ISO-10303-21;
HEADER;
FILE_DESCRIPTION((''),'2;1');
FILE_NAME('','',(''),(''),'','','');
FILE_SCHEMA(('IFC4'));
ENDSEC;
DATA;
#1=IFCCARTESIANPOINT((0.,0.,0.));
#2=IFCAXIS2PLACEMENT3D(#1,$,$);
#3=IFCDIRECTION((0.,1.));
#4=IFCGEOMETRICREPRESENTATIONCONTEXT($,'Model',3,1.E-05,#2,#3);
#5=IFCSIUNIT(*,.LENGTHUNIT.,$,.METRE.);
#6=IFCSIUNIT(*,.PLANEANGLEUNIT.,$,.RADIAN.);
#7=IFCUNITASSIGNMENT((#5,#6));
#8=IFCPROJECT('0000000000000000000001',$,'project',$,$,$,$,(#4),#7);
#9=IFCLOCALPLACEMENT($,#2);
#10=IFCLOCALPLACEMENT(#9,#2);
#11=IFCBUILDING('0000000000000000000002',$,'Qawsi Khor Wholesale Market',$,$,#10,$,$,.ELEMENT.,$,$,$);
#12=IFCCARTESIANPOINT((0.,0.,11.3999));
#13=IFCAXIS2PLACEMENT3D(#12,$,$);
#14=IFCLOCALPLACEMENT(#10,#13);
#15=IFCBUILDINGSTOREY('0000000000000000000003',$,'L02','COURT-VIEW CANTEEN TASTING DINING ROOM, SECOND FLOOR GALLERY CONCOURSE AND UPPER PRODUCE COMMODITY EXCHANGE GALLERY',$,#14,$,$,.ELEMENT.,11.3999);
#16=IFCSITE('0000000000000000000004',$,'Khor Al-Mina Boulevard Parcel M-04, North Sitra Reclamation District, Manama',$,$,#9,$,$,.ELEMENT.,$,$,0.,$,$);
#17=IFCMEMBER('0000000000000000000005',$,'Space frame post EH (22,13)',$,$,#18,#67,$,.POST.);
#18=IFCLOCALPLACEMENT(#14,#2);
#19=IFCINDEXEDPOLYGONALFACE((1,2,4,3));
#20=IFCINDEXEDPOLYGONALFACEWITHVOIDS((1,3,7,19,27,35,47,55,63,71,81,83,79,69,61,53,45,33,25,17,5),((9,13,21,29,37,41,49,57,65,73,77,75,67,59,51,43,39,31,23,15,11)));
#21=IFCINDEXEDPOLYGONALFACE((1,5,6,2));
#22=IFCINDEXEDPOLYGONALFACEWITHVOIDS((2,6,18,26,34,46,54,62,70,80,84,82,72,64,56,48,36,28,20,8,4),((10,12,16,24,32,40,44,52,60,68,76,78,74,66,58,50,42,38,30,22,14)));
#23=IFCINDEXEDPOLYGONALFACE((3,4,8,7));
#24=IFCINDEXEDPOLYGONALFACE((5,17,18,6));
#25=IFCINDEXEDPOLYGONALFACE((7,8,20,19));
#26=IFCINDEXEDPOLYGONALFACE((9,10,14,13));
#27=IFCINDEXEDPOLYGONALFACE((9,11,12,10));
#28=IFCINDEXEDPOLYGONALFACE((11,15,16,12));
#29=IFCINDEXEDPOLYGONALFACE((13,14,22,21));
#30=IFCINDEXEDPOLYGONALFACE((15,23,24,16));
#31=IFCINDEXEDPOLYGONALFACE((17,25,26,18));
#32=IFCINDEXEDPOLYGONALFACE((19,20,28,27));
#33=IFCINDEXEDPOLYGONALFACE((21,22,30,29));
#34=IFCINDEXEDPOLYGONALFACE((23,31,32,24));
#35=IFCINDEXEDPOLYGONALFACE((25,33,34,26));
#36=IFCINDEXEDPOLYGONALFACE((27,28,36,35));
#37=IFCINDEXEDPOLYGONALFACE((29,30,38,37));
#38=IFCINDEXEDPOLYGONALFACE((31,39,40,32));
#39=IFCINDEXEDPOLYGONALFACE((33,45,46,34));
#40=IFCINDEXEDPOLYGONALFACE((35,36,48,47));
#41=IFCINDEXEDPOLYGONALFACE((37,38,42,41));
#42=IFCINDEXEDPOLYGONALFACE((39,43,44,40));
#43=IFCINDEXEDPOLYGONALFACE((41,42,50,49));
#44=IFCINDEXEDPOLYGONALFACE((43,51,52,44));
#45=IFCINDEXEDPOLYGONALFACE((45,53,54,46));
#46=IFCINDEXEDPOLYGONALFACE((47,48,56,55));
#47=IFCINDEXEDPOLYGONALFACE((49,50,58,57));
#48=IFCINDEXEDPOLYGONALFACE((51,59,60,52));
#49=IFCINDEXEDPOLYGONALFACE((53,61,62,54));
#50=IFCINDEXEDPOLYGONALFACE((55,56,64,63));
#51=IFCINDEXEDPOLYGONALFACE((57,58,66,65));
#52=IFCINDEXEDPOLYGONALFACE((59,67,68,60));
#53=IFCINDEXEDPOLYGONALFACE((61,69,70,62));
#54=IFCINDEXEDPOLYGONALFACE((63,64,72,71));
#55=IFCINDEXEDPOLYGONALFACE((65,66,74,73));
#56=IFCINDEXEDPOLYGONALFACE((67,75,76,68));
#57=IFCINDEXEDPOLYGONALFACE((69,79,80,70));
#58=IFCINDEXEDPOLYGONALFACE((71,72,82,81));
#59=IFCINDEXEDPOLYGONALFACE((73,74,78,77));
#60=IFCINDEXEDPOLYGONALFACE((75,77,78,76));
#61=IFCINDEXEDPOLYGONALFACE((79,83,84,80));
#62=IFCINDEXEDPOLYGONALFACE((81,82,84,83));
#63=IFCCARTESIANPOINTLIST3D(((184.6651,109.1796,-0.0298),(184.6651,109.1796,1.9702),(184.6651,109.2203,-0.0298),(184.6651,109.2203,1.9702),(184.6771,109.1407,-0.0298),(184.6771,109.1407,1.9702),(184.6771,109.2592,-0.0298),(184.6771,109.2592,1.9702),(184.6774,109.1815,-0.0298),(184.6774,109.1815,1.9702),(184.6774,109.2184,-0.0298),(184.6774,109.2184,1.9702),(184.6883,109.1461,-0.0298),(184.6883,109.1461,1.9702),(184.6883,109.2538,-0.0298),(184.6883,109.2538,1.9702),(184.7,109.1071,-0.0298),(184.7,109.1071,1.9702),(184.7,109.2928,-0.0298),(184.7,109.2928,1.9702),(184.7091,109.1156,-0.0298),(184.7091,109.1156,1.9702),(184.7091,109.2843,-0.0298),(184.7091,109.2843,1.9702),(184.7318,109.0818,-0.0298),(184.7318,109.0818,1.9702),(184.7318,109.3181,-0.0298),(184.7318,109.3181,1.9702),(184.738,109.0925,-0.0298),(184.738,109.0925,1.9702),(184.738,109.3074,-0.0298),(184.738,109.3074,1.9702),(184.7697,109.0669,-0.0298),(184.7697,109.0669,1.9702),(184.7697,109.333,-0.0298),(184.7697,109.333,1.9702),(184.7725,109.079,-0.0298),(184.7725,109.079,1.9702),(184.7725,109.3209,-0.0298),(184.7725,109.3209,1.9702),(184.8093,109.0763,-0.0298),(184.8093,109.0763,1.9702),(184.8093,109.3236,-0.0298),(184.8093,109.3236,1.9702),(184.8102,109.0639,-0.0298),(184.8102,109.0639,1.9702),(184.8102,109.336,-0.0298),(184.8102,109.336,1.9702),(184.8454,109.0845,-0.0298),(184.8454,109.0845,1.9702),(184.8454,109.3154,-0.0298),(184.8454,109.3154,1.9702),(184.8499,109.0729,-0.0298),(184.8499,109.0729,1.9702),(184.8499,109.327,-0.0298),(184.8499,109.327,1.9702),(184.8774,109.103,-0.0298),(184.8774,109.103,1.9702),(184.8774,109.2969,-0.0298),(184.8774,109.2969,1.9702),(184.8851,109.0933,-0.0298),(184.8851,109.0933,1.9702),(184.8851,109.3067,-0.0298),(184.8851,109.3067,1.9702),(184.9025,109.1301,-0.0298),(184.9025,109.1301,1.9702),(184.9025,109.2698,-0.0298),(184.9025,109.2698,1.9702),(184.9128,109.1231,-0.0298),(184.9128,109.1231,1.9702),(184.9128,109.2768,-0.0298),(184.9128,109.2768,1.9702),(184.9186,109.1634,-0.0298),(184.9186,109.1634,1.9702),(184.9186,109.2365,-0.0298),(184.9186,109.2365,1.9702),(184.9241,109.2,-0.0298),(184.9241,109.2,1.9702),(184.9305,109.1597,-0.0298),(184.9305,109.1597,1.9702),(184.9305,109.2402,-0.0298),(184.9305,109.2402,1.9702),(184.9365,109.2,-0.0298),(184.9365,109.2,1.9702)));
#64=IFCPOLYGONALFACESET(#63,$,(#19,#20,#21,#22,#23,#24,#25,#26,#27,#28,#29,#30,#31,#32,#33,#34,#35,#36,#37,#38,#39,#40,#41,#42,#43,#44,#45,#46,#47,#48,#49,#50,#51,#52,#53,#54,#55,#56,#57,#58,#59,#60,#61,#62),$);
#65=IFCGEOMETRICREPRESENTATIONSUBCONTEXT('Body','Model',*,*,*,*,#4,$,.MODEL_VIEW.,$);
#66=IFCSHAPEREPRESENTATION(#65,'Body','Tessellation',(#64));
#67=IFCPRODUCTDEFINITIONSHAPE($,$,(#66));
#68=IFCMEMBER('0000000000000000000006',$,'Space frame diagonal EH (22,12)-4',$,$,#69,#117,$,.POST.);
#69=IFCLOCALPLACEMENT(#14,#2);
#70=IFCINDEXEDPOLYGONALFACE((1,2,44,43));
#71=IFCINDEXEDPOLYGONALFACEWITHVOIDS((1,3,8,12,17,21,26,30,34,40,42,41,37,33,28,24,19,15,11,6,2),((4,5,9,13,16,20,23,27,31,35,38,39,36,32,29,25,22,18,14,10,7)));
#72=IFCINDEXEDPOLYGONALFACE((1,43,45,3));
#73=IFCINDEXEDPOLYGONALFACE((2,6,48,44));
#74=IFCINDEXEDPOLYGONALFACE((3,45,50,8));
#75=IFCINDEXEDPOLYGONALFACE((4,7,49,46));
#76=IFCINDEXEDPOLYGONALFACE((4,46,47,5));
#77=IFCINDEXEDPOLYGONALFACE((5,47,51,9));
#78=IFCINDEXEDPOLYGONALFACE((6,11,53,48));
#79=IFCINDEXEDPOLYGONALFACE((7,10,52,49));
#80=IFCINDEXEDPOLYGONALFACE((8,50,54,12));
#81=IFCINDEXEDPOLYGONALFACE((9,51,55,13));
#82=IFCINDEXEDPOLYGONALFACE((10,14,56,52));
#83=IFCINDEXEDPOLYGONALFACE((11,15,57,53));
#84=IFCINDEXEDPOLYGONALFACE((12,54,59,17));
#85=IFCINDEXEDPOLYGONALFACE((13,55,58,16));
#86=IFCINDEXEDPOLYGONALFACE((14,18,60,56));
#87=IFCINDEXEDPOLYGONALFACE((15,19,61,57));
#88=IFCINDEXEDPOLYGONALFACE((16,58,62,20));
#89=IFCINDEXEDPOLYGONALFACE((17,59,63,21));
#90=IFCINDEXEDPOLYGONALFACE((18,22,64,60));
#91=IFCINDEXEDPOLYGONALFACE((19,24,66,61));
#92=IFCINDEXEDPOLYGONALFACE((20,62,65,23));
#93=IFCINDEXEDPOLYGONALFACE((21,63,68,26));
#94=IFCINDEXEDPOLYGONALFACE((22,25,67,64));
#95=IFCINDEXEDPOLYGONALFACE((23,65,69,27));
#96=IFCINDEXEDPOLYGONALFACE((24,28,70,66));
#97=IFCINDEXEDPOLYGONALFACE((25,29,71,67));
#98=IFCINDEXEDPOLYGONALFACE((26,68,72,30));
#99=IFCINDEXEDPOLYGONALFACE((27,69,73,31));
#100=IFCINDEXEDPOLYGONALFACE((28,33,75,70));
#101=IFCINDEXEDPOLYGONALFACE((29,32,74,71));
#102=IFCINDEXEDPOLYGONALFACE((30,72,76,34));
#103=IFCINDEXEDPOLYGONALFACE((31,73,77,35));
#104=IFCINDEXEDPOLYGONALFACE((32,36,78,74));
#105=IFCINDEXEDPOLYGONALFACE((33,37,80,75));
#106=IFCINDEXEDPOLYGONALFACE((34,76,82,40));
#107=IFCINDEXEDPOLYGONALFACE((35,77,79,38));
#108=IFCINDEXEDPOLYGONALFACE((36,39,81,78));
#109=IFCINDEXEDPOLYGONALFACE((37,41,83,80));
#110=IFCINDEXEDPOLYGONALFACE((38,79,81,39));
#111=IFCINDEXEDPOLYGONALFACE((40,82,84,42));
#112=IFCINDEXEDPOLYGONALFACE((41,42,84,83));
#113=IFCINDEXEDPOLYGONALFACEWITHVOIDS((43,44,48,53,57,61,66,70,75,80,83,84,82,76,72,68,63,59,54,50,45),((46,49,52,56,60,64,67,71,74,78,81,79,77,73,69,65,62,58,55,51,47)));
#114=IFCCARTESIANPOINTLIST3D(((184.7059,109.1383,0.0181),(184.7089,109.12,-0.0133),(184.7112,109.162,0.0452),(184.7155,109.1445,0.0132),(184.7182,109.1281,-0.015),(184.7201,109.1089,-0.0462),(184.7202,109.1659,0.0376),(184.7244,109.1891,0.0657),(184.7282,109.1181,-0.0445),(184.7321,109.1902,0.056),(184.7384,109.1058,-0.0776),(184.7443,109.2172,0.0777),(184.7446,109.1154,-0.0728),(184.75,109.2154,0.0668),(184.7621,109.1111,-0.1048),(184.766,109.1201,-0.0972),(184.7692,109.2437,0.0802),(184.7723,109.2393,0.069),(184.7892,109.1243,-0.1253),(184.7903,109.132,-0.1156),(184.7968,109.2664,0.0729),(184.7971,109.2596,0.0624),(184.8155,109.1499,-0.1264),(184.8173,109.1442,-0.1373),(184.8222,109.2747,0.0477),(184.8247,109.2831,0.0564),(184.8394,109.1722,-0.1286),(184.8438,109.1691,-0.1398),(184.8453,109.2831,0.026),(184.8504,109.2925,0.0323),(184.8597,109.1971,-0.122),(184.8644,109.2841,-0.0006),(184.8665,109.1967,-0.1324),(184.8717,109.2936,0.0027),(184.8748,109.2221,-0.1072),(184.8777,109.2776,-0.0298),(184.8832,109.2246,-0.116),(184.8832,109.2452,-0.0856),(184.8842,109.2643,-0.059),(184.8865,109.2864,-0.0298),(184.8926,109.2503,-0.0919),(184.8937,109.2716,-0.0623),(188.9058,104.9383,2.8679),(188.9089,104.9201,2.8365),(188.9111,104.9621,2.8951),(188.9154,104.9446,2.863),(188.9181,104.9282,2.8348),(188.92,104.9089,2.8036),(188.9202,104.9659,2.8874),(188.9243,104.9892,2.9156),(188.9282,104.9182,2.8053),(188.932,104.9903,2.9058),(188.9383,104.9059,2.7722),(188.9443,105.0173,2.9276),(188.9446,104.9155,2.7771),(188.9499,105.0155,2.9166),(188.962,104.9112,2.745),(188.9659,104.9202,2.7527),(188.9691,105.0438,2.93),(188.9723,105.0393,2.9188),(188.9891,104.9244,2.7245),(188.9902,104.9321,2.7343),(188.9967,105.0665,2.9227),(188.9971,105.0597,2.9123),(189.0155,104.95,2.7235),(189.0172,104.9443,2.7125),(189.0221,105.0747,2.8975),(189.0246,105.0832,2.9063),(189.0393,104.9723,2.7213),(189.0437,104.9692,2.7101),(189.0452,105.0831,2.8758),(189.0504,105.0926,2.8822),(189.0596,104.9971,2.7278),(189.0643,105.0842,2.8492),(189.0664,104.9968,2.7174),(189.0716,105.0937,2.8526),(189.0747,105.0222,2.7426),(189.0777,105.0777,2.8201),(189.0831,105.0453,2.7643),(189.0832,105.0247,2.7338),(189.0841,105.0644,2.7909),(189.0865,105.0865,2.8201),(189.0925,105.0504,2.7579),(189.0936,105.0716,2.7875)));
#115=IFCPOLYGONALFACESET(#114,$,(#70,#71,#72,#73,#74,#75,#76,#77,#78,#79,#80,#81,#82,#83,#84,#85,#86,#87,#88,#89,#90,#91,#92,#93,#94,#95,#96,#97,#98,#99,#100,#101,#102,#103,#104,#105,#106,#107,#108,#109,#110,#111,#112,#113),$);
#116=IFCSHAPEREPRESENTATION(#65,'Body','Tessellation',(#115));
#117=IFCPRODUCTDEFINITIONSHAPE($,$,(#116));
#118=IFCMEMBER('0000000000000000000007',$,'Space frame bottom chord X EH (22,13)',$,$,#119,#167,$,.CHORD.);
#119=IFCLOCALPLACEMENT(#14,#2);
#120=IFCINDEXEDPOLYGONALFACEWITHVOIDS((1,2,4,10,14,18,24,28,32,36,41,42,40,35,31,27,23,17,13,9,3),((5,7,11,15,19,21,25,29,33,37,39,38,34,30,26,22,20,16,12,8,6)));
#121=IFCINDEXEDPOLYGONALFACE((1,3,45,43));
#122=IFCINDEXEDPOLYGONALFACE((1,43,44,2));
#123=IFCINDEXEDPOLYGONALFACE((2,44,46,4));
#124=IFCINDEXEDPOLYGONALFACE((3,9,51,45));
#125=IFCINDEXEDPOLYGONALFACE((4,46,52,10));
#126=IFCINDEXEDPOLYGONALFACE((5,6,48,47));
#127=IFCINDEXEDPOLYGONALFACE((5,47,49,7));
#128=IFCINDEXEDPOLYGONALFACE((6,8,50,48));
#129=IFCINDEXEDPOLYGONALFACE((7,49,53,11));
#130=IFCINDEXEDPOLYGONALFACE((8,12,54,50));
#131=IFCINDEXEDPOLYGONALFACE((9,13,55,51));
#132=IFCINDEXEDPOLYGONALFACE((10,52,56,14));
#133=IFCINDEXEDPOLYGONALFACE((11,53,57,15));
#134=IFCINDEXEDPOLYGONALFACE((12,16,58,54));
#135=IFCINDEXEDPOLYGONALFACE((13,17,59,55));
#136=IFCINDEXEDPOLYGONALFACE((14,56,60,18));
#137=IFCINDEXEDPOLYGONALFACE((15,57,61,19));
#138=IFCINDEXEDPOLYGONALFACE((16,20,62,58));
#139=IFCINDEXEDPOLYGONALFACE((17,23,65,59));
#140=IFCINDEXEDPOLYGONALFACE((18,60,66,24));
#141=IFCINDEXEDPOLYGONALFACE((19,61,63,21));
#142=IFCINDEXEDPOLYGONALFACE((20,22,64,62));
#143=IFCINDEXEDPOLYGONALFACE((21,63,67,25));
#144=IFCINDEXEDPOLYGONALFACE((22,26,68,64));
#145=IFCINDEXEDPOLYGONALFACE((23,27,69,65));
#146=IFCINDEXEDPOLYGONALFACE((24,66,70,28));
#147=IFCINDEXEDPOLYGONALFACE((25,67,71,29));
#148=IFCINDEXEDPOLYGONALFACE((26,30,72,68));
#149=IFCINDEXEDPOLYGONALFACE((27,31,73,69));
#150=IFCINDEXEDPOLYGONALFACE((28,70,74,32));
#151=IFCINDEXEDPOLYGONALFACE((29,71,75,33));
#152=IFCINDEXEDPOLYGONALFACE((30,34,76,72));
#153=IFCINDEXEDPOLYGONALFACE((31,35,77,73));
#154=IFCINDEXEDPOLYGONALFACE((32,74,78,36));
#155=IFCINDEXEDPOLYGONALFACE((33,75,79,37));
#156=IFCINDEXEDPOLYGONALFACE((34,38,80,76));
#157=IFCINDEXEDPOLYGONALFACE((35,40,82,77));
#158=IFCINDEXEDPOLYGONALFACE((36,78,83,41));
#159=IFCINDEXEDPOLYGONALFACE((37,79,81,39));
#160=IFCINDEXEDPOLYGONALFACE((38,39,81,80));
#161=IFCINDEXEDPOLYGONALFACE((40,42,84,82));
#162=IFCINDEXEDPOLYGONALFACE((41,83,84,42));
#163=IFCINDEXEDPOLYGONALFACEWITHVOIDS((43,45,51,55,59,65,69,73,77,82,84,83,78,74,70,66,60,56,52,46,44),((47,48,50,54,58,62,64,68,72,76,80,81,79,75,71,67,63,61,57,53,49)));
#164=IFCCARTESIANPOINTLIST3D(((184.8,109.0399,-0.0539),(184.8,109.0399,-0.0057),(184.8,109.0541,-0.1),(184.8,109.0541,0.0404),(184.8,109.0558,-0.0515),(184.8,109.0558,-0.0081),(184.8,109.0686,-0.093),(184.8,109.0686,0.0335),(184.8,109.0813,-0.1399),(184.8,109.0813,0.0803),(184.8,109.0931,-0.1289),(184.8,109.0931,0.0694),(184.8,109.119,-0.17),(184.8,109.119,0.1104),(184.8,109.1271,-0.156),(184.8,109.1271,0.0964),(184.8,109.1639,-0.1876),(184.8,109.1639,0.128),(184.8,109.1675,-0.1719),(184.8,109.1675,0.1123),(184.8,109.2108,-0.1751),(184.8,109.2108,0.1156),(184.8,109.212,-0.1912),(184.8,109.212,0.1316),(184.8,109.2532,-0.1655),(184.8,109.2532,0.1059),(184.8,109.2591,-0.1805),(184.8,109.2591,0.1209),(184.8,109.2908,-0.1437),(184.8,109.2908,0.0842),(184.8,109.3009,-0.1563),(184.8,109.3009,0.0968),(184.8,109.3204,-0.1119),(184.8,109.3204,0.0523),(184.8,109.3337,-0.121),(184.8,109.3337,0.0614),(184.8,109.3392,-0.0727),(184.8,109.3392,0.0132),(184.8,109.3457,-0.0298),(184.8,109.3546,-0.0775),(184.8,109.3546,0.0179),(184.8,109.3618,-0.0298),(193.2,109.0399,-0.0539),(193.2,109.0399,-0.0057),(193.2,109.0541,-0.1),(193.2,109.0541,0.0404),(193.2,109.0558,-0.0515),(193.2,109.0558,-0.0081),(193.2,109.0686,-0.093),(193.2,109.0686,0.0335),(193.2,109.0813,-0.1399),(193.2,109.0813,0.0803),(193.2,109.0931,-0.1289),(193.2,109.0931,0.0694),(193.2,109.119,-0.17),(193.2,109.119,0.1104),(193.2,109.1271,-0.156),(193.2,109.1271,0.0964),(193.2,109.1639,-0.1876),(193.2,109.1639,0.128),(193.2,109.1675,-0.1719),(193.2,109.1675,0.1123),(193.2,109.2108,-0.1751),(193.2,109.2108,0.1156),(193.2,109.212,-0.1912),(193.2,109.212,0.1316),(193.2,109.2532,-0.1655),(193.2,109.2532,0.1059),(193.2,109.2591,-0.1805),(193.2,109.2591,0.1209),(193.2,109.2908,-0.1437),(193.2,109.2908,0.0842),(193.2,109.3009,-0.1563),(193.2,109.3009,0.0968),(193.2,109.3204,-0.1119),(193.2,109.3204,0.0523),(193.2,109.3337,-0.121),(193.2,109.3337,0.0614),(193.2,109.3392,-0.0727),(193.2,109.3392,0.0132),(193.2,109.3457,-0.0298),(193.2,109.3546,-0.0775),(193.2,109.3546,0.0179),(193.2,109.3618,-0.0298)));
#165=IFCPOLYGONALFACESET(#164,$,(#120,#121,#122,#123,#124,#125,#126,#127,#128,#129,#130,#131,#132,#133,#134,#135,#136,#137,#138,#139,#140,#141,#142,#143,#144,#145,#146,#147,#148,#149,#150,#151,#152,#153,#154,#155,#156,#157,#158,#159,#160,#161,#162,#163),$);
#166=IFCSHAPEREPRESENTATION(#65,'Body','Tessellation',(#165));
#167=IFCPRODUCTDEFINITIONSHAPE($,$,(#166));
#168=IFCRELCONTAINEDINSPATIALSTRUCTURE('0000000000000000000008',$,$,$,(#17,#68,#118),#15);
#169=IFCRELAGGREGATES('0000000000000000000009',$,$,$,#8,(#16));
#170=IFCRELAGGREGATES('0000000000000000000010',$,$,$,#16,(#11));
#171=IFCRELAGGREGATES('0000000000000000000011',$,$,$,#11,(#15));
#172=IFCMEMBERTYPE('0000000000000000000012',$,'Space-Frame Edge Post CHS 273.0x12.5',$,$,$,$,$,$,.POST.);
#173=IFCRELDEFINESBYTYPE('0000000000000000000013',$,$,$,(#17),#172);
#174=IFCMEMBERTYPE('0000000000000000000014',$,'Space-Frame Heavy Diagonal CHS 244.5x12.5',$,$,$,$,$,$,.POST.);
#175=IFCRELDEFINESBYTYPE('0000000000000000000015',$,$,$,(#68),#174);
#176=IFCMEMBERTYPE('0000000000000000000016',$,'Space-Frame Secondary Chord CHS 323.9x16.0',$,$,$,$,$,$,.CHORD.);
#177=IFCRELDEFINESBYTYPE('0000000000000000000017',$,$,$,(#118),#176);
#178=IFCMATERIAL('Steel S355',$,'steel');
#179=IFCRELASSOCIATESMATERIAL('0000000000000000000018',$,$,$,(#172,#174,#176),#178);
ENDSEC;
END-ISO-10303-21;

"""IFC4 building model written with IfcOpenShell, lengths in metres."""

from ifc_helpers import new_model, si_unit, direction, frame, origin, origin_2d, place, context, subcontext, project, spatial, hollow_circle, extrude, material, material_profile, profile_set, type_object, element, save


model = new_model("IFC4")

# Units and contexts
model_context = context("Model", 3, precision=1e-05, world=origin(), true_north=direction((0.0, 1.0)))
body_context = subcontext(model_context, "Body", "Model", "MODEL_VIEW")
ifc_project = project(units=[si_unit("LENGTHUNIT", "METRE"), si_unit("PLANEANGLEUNIT", "RADIAN")], contexts=[model_context])

# Site, building, storey
site_placement = place(None, origin())
site = spatial("IfcSite", under=ifc_project, at=site_placement, Name="Khor Al-Mina Boulevard Parcel M-04, North Sitra Reclamation District, Manama", CompositionType="ELEMENT", RefElevation=0.0)
building_placement = place(site_placement, origin())
building = spatial("IfcBuilding", under=site, at=building_placement, Name="Qawsi Khor Wholesale Market", CompositionType="ELEMENT")
storey_placement = place(building_placement, frame((0.0, 0.0, 11.3999)))
storey = spatial("IfcBuildingStorey", under=building, at=storey_placement, Name="L02", Description="COURT-VIEW CANTEEN TASTING DINING ROOM, SECOND FLOOR GALLERY CONCOURSE AND UPPER PRODUCE COMMODITY EXCHANGE GALLERY", CompositionType="ELEMENT", Elevation=11.3999)

# Members
ifc_material_1 = material(Name="Steel S355", Category="steel")
ifc_material_profile_1 = material_profile(ifc_material_1, hollow_circle(Radius=0.1365, WallThickness=0.0125, at=origin_2d()), Name="CHS 273.0x12.5")
ifc_profile_set_1 = profile_set([ifc_material_profile_1], Name="Steel S355")
member_type_1 = type_object("IfcMemberType", Name="Space-Frame Edge Post CHS 273.0x12.5", PredefinedType="POST", material=ifc_profile_set_1)
member_1_placement = place(storey_placement, frame((184.8, 109.2, -0.0298), z_axis=(0.0, 0.0, 1.0), x_axis=(1.0, 0.0, 0.0)))
element("IfcMember", 1, at=member_1_placement, inside=storey, type_object=member_type_1, Name="Space frame post EH (22,13)", PredefinedType="POST", context=body_context, shape_type="SweptSolid", body=[
    extrude(hollow_circle(Radius=0.1365, WallThickness=0.0125, at=origin_2d()), origin(), (0.0, 0.0, 1.0), 2.0),
])
ifc_material_profile_2 = material_profile(ifc_material_1, hollow_circle(Radius=0.1223, WallThickness=0.0125, at=origin_2d()), Name="CHS 244.5x12.5")
ifc_profile_set_2 = profile_set([ifc_material_profile_2], Name="Steel S355")
member_type_2 = type_object("IfcMemberType", Name="Space-Frame Heavy Diagonal CHS 244.5x12.5", PredefinedType="POST", material=ifc_profile_set_2)
member_2_placement = place(storey_placement, frame((184.8, 109.2, -0.0298), z_axis=(0.637522, -0.637522, 0.432587), x_axis=(0.707107, 0.707107, 0.0)))
element("IfcMember", 2, at=member_2_placement, inside=storey, type_object=member_type_2, Name="Space frame diagonal EH (22,12)-4", PredefinedType="POST", context=body_context, shape_type="SweptSolid", body=[
    extrude(hollow_circle(Radius=0.1223, WallThickness=0.0125, at=origin_2d()), origin(), (0.0, 0.0, 1.0), 6.5879),
])
ifc_material_profile_3 = material_profile(ifc_material_1, hollow_circle(Radius=0.1619, WallThickness=0.0161, at=origin_2d()), Name="CHS 323.9x16.0")
ifc_profile_set_3 = profile_set([ifc_material_profile_3], Name="Steel S355")
member_type_3 = type_object("IfcMemberType", Name="Space-Frame Secondary Chord CHS 323.9x16.0", PredefinedType="CHORD", material=ifc_profile_set_3)
member_3_placement = place(storey_placement, frame((184.8, 109.2, -0.0298), z_axis=(1.0, 0.0, 0.0), x_axis=(0.0, 1.0, 0.0)))
element("IfcMember", 3, at=member_3_placement, inside=storey, type_object=member_type_3, Name="Space frame bottom chord X EH (22,13)", PredefinedType="CHORD", context=body_context, shape_type="SweptSolid", body=[
    extrude(hollow_circle(Radius=0.1619, WallThickness=0.0161, at=origin_2d()), origin(), (0.0, 0.0, 1.0), 8.3999),
])

save(model, "model.ifc")
